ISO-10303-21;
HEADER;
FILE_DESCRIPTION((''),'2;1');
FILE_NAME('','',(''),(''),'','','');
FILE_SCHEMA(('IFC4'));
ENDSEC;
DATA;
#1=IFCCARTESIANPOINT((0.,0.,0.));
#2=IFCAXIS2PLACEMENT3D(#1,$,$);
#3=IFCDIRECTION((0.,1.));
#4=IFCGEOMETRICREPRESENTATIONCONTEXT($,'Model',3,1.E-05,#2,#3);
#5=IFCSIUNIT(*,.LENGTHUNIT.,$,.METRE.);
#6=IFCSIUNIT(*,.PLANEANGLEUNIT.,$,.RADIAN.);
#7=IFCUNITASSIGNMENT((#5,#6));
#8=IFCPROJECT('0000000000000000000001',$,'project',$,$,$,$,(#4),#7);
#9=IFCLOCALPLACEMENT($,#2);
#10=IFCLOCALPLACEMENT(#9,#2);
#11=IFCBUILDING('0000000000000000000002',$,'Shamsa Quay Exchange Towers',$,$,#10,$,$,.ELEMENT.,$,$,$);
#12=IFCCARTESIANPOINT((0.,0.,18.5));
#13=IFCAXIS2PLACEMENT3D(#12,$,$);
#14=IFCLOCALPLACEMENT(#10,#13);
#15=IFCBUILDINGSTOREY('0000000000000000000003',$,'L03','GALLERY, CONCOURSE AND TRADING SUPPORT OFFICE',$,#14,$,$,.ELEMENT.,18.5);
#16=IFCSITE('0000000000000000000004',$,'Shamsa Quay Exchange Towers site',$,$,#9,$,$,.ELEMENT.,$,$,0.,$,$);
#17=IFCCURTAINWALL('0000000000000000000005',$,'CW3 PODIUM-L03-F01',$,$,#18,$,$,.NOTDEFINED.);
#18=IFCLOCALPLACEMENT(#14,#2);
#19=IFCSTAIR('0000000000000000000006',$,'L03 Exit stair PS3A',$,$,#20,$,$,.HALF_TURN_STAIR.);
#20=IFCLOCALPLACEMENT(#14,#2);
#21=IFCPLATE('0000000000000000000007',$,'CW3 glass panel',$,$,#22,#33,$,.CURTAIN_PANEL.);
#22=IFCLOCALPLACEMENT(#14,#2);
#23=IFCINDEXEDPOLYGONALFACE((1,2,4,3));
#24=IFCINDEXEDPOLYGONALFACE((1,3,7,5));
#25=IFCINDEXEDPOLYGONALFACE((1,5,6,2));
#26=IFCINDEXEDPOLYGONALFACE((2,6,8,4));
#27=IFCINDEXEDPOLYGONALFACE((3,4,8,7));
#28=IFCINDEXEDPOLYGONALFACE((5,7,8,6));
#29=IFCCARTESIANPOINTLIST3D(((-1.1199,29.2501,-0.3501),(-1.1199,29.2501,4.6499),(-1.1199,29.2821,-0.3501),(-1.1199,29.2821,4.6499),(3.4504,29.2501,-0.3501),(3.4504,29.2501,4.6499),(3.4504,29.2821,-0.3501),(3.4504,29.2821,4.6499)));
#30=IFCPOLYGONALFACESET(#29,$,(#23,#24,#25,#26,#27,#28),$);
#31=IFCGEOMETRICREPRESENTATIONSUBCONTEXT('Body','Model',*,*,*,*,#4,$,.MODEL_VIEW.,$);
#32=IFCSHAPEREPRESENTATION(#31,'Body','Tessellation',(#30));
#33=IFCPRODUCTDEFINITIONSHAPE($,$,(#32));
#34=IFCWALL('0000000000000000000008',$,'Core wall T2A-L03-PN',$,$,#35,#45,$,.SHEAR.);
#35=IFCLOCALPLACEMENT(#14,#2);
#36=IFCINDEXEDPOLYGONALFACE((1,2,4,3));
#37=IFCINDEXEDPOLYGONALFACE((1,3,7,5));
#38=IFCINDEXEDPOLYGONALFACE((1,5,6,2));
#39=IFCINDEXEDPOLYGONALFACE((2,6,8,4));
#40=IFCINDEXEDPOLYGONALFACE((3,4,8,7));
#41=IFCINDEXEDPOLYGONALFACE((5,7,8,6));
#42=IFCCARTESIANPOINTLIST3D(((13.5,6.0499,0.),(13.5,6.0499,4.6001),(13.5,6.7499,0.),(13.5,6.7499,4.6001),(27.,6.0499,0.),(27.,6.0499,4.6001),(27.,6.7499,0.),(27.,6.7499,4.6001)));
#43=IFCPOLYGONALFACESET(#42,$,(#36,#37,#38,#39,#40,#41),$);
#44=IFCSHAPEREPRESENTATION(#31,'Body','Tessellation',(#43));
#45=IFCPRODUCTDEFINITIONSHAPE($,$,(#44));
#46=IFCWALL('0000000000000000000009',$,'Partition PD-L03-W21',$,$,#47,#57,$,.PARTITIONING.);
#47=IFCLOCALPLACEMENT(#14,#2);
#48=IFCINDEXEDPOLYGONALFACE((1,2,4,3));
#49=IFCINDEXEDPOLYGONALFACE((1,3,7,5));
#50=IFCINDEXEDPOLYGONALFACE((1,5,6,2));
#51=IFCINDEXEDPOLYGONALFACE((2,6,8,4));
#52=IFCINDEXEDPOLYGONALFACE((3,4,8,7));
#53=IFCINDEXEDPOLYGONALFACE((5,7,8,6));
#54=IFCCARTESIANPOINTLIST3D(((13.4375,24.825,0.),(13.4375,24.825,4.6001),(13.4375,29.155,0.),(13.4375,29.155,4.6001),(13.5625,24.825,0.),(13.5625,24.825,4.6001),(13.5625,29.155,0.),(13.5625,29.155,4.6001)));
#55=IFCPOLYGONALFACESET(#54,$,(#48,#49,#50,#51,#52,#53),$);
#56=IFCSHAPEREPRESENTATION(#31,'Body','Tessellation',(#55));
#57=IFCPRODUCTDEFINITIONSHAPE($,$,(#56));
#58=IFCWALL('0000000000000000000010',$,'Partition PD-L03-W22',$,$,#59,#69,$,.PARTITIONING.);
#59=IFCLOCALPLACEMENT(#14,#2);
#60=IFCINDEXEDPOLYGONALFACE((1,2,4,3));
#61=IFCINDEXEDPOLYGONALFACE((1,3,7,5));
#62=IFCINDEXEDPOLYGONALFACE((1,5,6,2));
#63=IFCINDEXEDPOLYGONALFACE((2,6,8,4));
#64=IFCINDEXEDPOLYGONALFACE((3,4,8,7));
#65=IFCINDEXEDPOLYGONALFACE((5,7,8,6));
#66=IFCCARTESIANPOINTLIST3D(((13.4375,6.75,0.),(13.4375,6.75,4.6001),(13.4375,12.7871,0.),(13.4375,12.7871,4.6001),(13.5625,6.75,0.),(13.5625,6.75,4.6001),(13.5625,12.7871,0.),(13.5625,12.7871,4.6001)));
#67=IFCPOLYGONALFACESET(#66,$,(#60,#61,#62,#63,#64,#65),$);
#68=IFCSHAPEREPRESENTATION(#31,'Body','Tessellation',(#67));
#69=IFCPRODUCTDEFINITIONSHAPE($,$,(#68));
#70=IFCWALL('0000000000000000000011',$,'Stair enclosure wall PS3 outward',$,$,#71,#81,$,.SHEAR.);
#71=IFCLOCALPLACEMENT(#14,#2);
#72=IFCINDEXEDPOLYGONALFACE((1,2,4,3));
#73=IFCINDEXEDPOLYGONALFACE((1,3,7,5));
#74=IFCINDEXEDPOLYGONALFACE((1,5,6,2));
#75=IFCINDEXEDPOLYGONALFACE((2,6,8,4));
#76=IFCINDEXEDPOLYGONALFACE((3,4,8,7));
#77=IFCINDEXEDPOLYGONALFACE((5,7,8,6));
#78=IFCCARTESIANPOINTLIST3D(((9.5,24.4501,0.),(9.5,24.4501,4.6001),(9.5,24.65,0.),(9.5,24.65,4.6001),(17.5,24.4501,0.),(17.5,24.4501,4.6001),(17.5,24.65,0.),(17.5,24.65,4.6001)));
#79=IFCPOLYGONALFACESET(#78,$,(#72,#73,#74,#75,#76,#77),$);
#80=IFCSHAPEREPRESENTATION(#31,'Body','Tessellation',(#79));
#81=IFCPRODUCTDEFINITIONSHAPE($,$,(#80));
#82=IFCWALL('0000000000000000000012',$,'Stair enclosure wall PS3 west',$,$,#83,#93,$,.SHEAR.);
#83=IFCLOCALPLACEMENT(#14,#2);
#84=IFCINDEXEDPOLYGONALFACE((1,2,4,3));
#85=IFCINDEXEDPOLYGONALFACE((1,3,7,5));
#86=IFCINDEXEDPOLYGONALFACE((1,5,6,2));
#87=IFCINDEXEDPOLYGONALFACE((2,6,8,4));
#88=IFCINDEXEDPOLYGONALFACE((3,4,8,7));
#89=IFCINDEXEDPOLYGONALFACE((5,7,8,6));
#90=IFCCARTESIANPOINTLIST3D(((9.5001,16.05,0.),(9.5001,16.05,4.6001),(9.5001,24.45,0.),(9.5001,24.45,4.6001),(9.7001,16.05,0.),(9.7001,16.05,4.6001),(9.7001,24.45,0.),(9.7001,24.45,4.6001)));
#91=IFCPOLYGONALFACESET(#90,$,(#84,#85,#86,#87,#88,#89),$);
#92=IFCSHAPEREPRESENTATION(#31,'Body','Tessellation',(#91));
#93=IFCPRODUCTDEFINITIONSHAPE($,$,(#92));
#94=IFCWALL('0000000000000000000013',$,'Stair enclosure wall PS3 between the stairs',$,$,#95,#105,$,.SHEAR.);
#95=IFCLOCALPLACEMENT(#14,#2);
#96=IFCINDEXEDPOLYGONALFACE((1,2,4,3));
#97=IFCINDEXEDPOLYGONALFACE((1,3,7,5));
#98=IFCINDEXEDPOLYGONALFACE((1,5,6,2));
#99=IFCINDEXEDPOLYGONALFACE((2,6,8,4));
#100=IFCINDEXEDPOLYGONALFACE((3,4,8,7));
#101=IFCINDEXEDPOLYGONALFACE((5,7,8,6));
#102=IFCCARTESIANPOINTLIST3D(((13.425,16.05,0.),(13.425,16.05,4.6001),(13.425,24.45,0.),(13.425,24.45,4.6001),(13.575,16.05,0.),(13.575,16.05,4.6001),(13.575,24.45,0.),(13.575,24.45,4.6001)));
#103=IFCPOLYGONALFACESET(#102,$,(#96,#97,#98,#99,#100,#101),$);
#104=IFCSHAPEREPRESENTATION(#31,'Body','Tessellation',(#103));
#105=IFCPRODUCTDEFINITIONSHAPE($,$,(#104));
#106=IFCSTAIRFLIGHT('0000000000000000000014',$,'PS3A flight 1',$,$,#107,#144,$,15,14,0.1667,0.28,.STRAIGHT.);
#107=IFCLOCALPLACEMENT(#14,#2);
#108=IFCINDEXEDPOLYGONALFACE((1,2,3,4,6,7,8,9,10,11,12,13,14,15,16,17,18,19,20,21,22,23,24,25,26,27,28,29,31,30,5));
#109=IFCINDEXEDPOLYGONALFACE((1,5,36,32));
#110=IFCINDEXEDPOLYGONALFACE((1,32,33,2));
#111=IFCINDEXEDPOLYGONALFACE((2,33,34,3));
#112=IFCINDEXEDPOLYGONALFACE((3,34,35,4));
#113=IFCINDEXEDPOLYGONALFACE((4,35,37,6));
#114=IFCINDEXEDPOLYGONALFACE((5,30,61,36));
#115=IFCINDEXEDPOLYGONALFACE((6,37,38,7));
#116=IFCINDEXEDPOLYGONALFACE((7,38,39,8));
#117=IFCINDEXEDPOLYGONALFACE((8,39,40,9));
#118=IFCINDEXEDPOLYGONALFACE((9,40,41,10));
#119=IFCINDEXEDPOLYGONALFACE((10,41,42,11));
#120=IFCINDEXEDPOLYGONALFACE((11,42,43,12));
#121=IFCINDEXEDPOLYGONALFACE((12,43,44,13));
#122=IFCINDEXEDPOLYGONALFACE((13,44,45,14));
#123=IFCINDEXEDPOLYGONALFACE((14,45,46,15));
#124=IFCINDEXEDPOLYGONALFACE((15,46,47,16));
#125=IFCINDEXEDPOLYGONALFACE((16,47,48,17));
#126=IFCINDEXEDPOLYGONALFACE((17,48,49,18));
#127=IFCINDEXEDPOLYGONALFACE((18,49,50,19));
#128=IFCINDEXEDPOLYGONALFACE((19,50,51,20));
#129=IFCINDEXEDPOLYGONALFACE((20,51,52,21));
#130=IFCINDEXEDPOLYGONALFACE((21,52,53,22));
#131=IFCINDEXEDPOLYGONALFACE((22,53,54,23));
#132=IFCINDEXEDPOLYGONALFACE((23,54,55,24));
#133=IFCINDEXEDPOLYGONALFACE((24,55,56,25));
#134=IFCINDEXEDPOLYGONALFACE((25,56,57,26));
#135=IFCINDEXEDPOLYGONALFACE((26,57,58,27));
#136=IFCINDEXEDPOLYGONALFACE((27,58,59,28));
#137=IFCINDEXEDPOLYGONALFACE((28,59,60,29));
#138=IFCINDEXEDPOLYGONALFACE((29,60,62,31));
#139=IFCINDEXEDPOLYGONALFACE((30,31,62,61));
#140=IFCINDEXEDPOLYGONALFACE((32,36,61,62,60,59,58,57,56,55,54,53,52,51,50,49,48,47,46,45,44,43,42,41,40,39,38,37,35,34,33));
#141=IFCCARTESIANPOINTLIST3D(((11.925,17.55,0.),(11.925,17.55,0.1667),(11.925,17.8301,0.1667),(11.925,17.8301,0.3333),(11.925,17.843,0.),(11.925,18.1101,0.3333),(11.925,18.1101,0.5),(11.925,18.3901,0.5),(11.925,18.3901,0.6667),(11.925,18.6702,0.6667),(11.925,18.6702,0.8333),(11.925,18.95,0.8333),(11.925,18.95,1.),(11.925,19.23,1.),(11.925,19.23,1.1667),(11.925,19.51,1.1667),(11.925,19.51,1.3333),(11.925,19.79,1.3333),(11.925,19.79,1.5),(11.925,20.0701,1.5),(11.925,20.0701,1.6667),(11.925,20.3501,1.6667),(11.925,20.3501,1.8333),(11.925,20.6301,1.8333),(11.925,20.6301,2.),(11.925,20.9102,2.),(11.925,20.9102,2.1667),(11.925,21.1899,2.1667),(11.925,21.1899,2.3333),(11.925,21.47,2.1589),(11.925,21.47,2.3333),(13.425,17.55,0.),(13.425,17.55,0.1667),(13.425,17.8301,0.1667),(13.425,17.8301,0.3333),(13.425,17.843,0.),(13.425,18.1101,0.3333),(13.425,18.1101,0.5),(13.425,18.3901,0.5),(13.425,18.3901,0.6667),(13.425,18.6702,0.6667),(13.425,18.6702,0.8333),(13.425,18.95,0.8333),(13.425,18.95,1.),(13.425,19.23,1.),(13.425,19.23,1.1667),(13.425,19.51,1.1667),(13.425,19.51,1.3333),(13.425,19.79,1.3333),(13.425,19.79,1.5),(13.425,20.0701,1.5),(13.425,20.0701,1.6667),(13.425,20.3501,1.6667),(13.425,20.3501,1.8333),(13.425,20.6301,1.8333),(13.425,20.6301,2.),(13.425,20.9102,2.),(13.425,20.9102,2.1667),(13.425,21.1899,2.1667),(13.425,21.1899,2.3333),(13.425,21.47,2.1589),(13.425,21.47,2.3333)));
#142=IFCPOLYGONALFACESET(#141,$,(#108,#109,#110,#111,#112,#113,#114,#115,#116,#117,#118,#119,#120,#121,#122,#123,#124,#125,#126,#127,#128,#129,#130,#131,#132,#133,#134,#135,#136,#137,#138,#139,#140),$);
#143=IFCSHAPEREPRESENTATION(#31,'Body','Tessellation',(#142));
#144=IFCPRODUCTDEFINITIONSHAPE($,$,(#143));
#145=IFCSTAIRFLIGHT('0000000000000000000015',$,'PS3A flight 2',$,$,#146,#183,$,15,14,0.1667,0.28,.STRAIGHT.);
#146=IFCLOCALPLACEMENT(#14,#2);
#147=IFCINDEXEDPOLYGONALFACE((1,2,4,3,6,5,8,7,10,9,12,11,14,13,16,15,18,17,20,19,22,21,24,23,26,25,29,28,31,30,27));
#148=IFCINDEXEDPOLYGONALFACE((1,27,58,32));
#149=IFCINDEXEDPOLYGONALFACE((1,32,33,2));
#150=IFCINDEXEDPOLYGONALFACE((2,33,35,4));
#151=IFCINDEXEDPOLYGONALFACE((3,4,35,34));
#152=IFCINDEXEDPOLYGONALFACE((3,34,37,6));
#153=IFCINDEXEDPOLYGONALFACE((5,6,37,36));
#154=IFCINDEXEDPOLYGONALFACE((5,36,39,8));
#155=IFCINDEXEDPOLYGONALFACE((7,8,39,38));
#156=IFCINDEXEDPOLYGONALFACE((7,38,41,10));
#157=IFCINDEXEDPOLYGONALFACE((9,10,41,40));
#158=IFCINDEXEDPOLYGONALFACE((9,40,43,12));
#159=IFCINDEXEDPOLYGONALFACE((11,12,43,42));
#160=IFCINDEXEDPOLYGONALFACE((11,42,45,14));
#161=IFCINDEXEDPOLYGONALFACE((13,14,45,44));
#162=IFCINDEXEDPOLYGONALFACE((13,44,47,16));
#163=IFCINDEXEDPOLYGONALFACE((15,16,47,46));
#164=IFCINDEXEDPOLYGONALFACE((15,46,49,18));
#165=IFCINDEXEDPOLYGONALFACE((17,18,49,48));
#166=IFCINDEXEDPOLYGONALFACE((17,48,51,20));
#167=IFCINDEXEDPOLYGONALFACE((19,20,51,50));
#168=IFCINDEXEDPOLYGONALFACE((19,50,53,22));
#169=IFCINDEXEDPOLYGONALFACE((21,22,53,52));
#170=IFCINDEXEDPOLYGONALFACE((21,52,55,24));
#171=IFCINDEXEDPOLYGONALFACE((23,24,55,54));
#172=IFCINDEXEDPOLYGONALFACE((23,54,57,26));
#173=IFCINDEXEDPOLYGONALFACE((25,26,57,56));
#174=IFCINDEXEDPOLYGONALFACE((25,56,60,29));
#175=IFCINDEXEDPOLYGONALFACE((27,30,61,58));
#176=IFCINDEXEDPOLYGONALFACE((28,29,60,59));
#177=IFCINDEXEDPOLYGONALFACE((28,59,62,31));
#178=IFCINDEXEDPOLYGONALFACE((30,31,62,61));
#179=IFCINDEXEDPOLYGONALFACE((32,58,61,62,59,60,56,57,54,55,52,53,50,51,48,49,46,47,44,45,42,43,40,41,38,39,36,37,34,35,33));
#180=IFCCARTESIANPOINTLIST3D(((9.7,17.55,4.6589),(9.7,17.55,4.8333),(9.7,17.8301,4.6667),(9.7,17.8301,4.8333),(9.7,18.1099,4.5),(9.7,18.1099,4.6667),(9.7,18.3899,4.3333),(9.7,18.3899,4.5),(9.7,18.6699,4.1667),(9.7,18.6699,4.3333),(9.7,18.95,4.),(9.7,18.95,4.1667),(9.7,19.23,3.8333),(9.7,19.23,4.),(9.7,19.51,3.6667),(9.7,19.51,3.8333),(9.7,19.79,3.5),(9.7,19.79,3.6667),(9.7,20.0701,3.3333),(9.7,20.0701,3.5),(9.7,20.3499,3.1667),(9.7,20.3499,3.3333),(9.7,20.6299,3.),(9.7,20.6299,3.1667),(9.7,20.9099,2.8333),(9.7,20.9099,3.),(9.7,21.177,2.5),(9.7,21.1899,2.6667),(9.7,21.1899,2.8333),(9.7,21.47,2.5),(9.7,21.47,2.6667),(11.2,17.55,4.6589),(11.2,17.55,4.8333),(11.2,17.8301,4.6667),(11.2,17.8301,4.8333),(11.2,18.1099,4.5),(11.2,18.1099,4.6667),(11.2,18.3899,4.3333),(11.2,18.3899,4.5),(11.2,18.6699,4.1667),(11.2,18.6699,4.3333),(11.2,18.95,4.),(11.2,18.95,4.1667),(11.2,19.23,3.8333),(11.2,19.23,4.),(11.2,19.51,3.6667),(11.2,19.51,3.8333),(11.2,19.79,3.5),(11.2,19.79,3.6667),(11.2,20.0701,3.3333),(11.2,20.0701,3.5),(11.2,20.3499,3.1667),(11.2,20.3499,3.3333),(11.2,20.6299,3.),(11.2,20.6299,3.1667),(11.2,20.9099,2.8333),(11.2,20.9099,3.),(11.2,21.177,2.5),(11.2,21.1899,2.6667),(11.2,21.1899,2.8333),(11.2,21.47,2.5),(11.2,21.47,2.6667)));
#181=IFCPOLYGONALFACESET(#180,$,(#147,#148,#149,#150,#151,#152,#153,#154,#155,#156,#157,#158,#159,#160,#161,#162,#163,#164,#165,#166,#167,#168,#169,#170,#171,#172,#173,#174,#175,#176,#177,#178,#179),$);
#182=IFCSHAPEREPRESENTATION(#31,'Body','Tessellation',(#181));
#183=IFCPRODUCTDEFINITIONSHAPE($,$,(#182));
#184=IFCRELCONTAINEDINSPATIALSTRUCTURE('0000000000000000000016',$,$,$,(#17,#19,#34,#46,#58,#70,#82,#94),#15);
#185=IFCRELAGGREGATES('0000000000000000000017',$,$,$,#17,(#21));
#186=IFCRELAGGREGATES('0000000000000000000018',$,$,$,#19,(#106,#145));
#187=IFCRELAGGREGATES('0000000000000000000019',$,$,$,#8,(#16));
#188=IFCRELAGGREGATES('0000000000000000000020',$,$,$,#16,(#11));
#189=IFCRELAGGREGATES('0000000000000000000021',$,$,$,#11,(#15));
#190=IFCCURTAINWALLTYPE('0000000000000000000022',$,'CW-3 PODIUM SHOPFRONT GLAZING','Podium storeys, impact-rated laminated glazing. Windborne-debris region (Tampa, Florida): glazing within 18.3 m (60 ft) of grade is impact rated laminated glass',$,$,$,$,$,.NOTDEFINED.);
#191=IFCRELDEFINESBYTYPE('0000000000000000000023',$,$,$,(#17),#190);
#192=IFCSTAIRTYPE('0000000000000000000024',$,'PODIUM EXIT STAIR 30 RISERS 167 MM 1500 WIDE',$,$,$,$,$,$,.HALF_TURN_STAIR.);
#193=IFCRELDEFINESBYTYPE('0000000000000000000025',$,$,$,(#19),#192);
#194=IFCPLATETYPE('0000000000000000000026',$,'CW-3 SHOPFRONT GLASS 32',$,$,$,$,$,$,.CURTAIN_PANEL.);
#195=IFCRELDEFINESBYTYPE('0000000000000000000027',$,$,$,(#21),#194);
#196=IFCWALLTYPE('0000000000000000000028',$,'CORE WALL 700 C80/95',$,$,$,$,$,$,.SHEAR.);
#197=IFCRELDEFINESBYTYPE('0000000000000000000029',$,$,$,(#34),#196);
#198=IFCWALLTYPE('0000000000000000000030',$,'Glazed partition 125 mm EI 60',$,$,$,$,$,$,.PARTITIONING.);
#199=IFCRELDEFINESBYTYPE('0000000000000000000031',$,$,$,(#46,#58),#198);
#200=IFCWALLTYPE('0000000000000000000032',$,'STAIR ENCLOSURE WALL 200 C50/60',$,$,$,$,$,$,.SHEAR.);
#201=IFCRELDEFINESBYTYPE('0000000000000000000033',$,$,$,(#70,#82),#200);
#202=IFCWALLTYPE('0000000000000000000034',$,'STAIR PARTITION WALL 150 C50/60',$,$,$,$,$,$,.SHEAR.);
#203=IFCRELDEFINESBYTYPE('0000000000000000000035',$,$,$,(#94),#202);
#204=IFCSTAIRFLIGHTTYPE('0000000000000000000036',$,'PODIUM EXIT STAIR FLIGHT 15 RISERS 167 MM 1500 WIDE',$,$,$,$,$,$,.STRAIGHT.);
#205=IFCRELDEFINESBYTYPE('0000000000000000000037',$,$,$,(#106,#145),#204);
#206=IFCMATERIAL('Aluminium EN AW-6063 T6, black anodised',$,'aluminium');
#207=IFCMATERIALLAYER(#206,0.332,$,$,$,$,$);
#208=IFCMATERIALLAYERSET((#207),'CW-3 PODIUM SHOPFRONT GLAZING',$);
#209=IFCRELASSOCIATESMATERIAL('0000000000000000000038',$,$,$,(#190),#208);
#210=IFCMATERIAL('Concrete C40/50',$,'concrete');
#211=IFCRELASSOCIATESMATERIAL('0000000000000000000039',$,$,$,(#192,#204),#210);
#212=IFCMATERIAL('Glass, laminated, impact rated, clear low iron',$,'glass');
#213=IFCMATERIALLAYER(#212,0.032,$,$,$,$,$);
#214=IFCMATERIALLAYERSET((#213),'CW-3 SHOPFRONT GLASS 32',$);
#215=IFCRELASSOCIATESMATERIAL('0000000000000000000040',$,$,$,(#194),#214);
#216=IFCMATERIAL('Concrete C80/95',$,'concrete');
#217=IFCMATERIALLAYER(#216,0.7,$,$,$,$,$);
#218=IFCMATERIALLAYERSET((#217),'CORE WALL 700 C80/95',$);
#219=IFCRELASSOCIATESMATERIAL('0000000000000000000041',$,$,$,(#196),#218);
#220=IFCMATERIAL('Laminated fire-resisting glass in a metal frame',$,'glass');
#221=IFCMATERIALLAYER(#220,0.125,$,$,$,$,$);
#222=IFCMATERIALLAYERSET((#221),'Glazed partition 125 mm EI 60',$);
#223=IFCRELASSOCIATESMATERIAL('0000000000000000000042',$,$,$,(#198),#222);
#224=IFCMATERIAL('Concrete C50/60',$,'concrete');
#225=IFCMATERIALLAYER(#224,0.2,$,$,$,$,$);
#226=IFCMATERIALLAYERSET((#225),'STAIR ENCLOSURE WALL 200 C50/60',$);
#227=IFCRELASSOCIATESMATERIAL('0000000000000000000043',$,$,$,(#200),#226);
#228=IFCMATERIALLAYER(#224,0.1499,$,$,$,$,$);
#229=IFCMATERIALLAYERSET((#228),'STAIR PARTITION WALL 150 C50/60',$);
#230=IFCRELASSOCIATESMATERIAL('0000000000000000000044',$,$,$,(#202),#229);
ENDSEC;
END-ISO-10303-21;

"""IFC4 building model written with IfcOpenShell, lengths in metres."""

from ifc_helpers import new_model, si_unit, direction, frame, frame_2d, origin, origin_2d, place, context, subcontext, project, spatial, polyline, rectangle, outline, extrude, material, layer, layer_set, type_object, element, aggregate, save


model = new_model("IFC4")

# Units and contexts
model_context = context("Model", 3, precision=1e-05, world=origin(), true_north=direction((0.0, 1.0)))
body_context = subcontext(model_context, "Body", "Model", "MODEL_VIEW")
ifc_project = project(units=[si_unit("LENGTHUNIT", "METRE"), si_unit("PLANEANGLEUNIT", "RADIAN")], contexts=[model_context])

# Site, building, storey
site_placement = place(None, origin())
site = spatial("IfcSite", under=ifc_project, at=site_placement, Name="Shamsa Quay Exchange Towers site", CompositionType="ELEMENT", RefElevation=0.0)
building_placement = place(site_placement, origin())
building = spatial("IfcBuilding", under=site, at=building_placement, Name="Shamsa Quay Exchange Towers", CompositionType="ELEMENT")
storey_placement = place(building_placement, frame((0.0, 0.0, 18.5)))
storey = spatial("IfcBuildingStorey", under=building, at=storey_placement, Name="L03", Description="GALLERY, CONCOURSE AND TRADING SUPPORT OFFICE", CompositionType="ELEMENT", Elevation=18.5)

# Curtain wall
ifc_material_1 = material(Name="Aluminium EN AW-6063 T6, black anodised", Category="aluminium")
ifc_layer_1 = layer(ifc_material_1, 0.332)
ifc_layer_set_1 = layer_set([ifc_layer_1], Name="CW-3 PODIUM SHOPFRONT GLAZING")
curtain_wall_type = type_object("IfcCurtainWallType", Name="CW-3 PODIUM SHOPFRONT GLAZING", Description="Podium storeys, impact-rated laminated glazing. Windborne-debris region (Tampa, Florida): glazing within 18.3 m (60 ft) of grade is impact rated laminated glass", PredefinedType="NOTDEFINED", material=ifc_layer_set_1)
curtain_wall_placement = place(storey_placement, origin())
curtain_wall = element("IfcCurtainWall", 1, at=curtain_wall_placement, inside=storey, type_object=curtain_wall_type, Name="CW3 PODIUM-L03-F01", PredefinedType="NOTDEFINED")

# Shared definitions
ifc_material_2 = material(Name="Concrete C50/60", Category="concrete")

# Stair
ifc_material_3 = material(Name="Concrete C40/50", Category="concrete")
stair_type = type_object("IfcStairType", Name="PODIUM EXIT STAIR 30 RISERS 167 MM 1500 WIDE", PredefinedType="HALF_TURN_STAIR", material=ifc_material_3)
stair_1_placement = place(storey_placement, origin())
stair_1 = element("IfcStair", 2, at=stair_1_placement, inside=storey, type_object=stair_type, Name="L03 Exit stair PS3A", PredefinedType="HALF_TURN_STAIR")

# Plate
ifc_material_4 = material(Name="Glass, laminated, impact rated, clear low iron", Category="glass")
ifc_layer_2 = layer(ifc_material_4, 0.032)
ifc_layer_set_2 = layer_set([ifc_layer_2], Name="CW-3 SHOPFRONT GLASS 32")
plate_type = type_object("IfcPlateType", Name="CW-3 SHOPFRONT GLASS 32", PredefinedType="CURTAIN_PANEL", material=ifc_layer_set_2)
plate_1_placement = place(storey_placement, frame((1.1653, 29.2661, -0.3501), z_axis=(0.0, 0.0, 1.0), x_axis=(-1.0, 0.0, 0.0)))
plate_1 = element("IfcPlate", 3, at=plate_1_placement, type_object=plate_type, Name="CW3 glass panel", PredefinedType="CURTAIN_PANEL", context=body_context, shape_type="SweptSolid", body=[
    extrude(rectangle(XDim=4.5703, YDim=0.032, at=origin_2d()), origin(), (0.0, 0.0, 1.0), 5.0),
])
aggregate(curtain_wall, [plate_1])

# Walls
ifc_material_5 = material(Name="Concrete C80/95", Category="concrete")
ifc_layer_3 = layer(ifc_material_5, 0.7)
ifc_layer_set_3 = layer_set([ifc_layer_3], Name="CORE WALL 700 C80/95")
wall_type_1 = type_object("IfcWallType", Name="CORE WALL 700 C80/95", PredefinedType="SHEAR", material=ifc_layer_set_3)
wall_1_placement = place(storey_placement, frame((13.5, 6.3999, 0.0)))
element("IfcWall", 4, at=wall_1_placement, inside=storey, type_object=wall_type_1, Name="Core wall T2A-L03-PN", PredefinedType="SHEAR", context=body_context, shape_type="SweptSolid", body=[
    extrude(rectangle(XDim=13.5, YDim=0.7, at=frame_2d((6.75, 0.0))), origin(), (0.0, 0.0, 1.0), 4.6001),
])
ifc_material_6 = material(Name="Laminated fire-resisting glass in a metal frame", Category="glass")
ifc_layer_4 = layer(ifc_material_6, 0.125)
ifc_layer_set_4 = layer_set([ifc_layer_4], Name="Glazed partition 125 mm EI 60")
wall_type_2 = type_object("IfcWallType", Name="Glazed partition 125 mm EI 60", PredefinedType="PARTITIONING", material=ifc_layer_set_4)
wall_2_placement = place(storey_placement, frame((13.5, 29.155, 0.0), z_axis=(0.0, 0.0, 1.0), x_axis=(0.0, -1.0, 0.0)))
element("IfcWall", 5, at=wall_2_placement, inside=storey, type_object=wall_type_2, Name="Partition PD-L03-W21", PredefinedType="PARTITIONING", context=body_context, shape_type="SweptSolid", body=[
    extrude(rectangle(XDim=4.3301, YDim=0.125, at=frame_2d((2.165, 0.0))), origin(), (0.0, 0.0, 1.0), 4.6001),
])
wall_3_placement = place(storey_placement, frame((13.5, 12.7871, 0.0), z_axis=(0.0, 0.0, 1.0), x_axis=(0.0, -1.0, 0.0)))
element("IfcWall", 6, at=wall_3_placement, inside=storey, type_object=wall_type_2, Name="Partition PD-L03-W22", PredefinedType="PARTITIONING", context=body_context, shape_type="SweptSolid", body=[
    extrude(rectangle(XDim=6.0371, YDim=0.125, at=frame_2d((3.0186, 0.0))), origin(), (0.0, 0.0, 1.0), 4.6001),
])

# Shared definitions
ifc_layer_5 = layer(ifc_material_2, 0.2)
ifc_layer_set_5 = layer_set([ifc_layer_5], Name="STAIR ENCLOSURE WALL 200 C50/60")
wall_type_3 = type_object("IfcWallType", Name="STAIR ENCLOSURE WALL 200 C50/60", PredefinedType="SHEAR", material=ifc_layer_set_5)

# Walls
wall_4_placement = place(storey_placement, frame((9.5, 24.55, 0.0)))
element("IfcWall", 7, at=wall_4_placement, inside=storey, type_object=wall_type_3, Name="Stair enclosure wall PS3 outward", PredefinedType="SHEAR", context=body_context, shape_type="SweptSolid", body=[
    extrude(rectangle(XDim=8.0, YDim=0.2, at=frame_2d((4.0, 0.0))), origin(), (0.0, 0.0, 1.0), 4.6001),
])
wall_5_placement = place(storey_placement, frame((9.6001, 16.05, 0.0), z_axis=(0.0, 0.0, 1.0), x_axis=(0.0, 1.0, 0.0)))
element("IfcWall", 8, at=wall_5_placement, inside=storey, type_object=wall_type_3, Name="Stair enclosure wall PS3 west", PredefinedType="SHEAR", context=body_context, shape_type="SweptSolid", body=[
    extrude(rectangle(XDim=8.3999, YDim=0.2, at=frame_2d((4.2, 0.0))), origin(), (0.0, 0.0, 1.0), 4.6001),
])
ifc_layer_6 = layer(ifc_material_2, 0.1499)
ifc_layer_set_6 = layer_set([ifc_layer_6], Name="STAIR PARTITION WALL 150 C50/60")
wall_type_4 = type_object("IfcWallType", Name="STAIR PARTITION WALL 150 C50/60", PredefinedType="SHEAR", material=ifc_layer_set_6)
wall_6_placement = place(storey_placement, frame((13.5, 16.05, 0.0), z_axis=(0.0, 0.0, 1.0), x_axis=(0.0, 1.0, 0.0)))
element("IfcWall", 9, at=wall_6_placement, inside=storey, type_object=wall_type_4, Name="Stair enclosure wall PS3 between the stairs", PredefinedType="SHEAR", context=body_context, shape_type="SweptSolid", body=[
    extrude(rectangle(XDim=8.3999, YDim=0.1499, at=frame_2d((4.2, 0.0))), origin(), (0.0, 0.0, 1.0), 4.6001),
])

# Stair flights
stair_flight_type = type_object("IfcStairFlightType", Name="PODIUM EXIT STAIR FLIGHT 15 RISERS 167 MM 1500 WIDE", PredefinedType="STRAIGHT", material=ifc_material_3)
stair_flight_1_placement = place(storey_placement, frame((12.675, 17.55, 0.0), z_axis=(0.0, 0.0, 1.0), x_axis=(0.0, 1.0, 0.0)))
stair_flight_1 = element("IfcStairFlight", 10, at=stair_flight_1_placement, type_object=stair_flight_type, Name="PS3A flight 1", NumberOfRisers=15, NumberOfTreads=14, PredefinedType="STRAIGHT", RiserHeight=0.1667, TreadLength=0.28, context=body_context, shape_type="SweptSolid", body=[
    extrude(outline(polyline([(0.0, 0.0), (0.0, 0.1667), (0.28, 0.1667), (0.28, 0.3333), (0.5601, 0.3333), (0.5601, 0.5), (0.8401, 0.5), (0.8401, 0.6667), (1.1201, 0.6667), (1.1201, 0.8333), (1.3999, 0.8333), (1.3999, 1.0), (1.6799, 1.0), (1.6799, 1.1667), (1.96, 1.1667), (1.96, 1.3333), (2.24, 1.3333), (2.24, 1.5), (2.52, 1.5), (2.52, 1.6667), (2.8, 1.6667), (2.8, 1.8333), (3.0801, 1.8333), (3.0801, 2.0), (3.3601, 2.0), (3.3601, 2.1667), (3.6399, 2.1667), (3.6399, 2.3333), (3.9199, 2.3333), (3.9199, 2.5), (3.9199, 2.1589), (0.293, 0.0), (0.0, 0.0)])), frame((0.0, 0.75, 0.0), z_axis=(0.0, -1.0, 0.0), x_axis=(1.0, 0.0, 0.0)), (0.0, 0.0, 1.0), 1.5),
])
stair_flight_2_placement = place(storey_placement, frame((10.45, 21.47, 2.5), z_axis=(0.0, 0.0, 1.0), x_axis=(0.0, -1.0, 0.0)))
stair_flight_2 = element("IfcStairFlight", 11, at=stair_flight_2_placement, type_object=stair_flight_type, Name="PS3A flight 2", NumberOfRisers=15, NumberOfTreads=14, PredefinedType="STRAIGHT", RiserHeight=0.1667, TreadLength=0.28, context=body_context, shape_type="SweptSolid", body=[
    extrude(outline(polyline([(0.0, 0.0), (0.0, 0.1667), (0.28, 0.1667), (0.28, 0.3333), (0.5601, 0.3333), (0.5601, 0.5), (0.8401, 0.5), (0.8401, 0.6667), (1.1201, 0.6667), (1.1201, 0.8333), (1.3999, 0.8333), (1.3999, 1.0), (1.6799, 1.0), (1.6799, 1.1667), (1.96, 1.1667), (1.96, 1.3333), (2.24, 1.3333), (2.24, 1.5), (2.52, 1.5), (2.52, 1.6667), (2.8, 1.6667), (2.8, 1.8333), (3.0801, 1.8333), (3.0801, 2.0), (3.3601, 2.0), (3.3601, 2.1667), (3.6399, 2.1667), (3.6399, 2.3333), (3.9199, 2.3333), (3.9199, 2.5), (3.9199, 2.1589), (0.293, 0.0), (0.0, 0.0)])), frame((0.0, 0.75, 0.0), z_axis=(0.0, -1.0, 0.0), x_axis=(1.0, 0.0, 0.0)), (0.0, 0.0, 1.0), 1.5),
])
aggregate(stair_1, [stair_flight_1, stair_flight_2])

save(model, "model.ifc")
